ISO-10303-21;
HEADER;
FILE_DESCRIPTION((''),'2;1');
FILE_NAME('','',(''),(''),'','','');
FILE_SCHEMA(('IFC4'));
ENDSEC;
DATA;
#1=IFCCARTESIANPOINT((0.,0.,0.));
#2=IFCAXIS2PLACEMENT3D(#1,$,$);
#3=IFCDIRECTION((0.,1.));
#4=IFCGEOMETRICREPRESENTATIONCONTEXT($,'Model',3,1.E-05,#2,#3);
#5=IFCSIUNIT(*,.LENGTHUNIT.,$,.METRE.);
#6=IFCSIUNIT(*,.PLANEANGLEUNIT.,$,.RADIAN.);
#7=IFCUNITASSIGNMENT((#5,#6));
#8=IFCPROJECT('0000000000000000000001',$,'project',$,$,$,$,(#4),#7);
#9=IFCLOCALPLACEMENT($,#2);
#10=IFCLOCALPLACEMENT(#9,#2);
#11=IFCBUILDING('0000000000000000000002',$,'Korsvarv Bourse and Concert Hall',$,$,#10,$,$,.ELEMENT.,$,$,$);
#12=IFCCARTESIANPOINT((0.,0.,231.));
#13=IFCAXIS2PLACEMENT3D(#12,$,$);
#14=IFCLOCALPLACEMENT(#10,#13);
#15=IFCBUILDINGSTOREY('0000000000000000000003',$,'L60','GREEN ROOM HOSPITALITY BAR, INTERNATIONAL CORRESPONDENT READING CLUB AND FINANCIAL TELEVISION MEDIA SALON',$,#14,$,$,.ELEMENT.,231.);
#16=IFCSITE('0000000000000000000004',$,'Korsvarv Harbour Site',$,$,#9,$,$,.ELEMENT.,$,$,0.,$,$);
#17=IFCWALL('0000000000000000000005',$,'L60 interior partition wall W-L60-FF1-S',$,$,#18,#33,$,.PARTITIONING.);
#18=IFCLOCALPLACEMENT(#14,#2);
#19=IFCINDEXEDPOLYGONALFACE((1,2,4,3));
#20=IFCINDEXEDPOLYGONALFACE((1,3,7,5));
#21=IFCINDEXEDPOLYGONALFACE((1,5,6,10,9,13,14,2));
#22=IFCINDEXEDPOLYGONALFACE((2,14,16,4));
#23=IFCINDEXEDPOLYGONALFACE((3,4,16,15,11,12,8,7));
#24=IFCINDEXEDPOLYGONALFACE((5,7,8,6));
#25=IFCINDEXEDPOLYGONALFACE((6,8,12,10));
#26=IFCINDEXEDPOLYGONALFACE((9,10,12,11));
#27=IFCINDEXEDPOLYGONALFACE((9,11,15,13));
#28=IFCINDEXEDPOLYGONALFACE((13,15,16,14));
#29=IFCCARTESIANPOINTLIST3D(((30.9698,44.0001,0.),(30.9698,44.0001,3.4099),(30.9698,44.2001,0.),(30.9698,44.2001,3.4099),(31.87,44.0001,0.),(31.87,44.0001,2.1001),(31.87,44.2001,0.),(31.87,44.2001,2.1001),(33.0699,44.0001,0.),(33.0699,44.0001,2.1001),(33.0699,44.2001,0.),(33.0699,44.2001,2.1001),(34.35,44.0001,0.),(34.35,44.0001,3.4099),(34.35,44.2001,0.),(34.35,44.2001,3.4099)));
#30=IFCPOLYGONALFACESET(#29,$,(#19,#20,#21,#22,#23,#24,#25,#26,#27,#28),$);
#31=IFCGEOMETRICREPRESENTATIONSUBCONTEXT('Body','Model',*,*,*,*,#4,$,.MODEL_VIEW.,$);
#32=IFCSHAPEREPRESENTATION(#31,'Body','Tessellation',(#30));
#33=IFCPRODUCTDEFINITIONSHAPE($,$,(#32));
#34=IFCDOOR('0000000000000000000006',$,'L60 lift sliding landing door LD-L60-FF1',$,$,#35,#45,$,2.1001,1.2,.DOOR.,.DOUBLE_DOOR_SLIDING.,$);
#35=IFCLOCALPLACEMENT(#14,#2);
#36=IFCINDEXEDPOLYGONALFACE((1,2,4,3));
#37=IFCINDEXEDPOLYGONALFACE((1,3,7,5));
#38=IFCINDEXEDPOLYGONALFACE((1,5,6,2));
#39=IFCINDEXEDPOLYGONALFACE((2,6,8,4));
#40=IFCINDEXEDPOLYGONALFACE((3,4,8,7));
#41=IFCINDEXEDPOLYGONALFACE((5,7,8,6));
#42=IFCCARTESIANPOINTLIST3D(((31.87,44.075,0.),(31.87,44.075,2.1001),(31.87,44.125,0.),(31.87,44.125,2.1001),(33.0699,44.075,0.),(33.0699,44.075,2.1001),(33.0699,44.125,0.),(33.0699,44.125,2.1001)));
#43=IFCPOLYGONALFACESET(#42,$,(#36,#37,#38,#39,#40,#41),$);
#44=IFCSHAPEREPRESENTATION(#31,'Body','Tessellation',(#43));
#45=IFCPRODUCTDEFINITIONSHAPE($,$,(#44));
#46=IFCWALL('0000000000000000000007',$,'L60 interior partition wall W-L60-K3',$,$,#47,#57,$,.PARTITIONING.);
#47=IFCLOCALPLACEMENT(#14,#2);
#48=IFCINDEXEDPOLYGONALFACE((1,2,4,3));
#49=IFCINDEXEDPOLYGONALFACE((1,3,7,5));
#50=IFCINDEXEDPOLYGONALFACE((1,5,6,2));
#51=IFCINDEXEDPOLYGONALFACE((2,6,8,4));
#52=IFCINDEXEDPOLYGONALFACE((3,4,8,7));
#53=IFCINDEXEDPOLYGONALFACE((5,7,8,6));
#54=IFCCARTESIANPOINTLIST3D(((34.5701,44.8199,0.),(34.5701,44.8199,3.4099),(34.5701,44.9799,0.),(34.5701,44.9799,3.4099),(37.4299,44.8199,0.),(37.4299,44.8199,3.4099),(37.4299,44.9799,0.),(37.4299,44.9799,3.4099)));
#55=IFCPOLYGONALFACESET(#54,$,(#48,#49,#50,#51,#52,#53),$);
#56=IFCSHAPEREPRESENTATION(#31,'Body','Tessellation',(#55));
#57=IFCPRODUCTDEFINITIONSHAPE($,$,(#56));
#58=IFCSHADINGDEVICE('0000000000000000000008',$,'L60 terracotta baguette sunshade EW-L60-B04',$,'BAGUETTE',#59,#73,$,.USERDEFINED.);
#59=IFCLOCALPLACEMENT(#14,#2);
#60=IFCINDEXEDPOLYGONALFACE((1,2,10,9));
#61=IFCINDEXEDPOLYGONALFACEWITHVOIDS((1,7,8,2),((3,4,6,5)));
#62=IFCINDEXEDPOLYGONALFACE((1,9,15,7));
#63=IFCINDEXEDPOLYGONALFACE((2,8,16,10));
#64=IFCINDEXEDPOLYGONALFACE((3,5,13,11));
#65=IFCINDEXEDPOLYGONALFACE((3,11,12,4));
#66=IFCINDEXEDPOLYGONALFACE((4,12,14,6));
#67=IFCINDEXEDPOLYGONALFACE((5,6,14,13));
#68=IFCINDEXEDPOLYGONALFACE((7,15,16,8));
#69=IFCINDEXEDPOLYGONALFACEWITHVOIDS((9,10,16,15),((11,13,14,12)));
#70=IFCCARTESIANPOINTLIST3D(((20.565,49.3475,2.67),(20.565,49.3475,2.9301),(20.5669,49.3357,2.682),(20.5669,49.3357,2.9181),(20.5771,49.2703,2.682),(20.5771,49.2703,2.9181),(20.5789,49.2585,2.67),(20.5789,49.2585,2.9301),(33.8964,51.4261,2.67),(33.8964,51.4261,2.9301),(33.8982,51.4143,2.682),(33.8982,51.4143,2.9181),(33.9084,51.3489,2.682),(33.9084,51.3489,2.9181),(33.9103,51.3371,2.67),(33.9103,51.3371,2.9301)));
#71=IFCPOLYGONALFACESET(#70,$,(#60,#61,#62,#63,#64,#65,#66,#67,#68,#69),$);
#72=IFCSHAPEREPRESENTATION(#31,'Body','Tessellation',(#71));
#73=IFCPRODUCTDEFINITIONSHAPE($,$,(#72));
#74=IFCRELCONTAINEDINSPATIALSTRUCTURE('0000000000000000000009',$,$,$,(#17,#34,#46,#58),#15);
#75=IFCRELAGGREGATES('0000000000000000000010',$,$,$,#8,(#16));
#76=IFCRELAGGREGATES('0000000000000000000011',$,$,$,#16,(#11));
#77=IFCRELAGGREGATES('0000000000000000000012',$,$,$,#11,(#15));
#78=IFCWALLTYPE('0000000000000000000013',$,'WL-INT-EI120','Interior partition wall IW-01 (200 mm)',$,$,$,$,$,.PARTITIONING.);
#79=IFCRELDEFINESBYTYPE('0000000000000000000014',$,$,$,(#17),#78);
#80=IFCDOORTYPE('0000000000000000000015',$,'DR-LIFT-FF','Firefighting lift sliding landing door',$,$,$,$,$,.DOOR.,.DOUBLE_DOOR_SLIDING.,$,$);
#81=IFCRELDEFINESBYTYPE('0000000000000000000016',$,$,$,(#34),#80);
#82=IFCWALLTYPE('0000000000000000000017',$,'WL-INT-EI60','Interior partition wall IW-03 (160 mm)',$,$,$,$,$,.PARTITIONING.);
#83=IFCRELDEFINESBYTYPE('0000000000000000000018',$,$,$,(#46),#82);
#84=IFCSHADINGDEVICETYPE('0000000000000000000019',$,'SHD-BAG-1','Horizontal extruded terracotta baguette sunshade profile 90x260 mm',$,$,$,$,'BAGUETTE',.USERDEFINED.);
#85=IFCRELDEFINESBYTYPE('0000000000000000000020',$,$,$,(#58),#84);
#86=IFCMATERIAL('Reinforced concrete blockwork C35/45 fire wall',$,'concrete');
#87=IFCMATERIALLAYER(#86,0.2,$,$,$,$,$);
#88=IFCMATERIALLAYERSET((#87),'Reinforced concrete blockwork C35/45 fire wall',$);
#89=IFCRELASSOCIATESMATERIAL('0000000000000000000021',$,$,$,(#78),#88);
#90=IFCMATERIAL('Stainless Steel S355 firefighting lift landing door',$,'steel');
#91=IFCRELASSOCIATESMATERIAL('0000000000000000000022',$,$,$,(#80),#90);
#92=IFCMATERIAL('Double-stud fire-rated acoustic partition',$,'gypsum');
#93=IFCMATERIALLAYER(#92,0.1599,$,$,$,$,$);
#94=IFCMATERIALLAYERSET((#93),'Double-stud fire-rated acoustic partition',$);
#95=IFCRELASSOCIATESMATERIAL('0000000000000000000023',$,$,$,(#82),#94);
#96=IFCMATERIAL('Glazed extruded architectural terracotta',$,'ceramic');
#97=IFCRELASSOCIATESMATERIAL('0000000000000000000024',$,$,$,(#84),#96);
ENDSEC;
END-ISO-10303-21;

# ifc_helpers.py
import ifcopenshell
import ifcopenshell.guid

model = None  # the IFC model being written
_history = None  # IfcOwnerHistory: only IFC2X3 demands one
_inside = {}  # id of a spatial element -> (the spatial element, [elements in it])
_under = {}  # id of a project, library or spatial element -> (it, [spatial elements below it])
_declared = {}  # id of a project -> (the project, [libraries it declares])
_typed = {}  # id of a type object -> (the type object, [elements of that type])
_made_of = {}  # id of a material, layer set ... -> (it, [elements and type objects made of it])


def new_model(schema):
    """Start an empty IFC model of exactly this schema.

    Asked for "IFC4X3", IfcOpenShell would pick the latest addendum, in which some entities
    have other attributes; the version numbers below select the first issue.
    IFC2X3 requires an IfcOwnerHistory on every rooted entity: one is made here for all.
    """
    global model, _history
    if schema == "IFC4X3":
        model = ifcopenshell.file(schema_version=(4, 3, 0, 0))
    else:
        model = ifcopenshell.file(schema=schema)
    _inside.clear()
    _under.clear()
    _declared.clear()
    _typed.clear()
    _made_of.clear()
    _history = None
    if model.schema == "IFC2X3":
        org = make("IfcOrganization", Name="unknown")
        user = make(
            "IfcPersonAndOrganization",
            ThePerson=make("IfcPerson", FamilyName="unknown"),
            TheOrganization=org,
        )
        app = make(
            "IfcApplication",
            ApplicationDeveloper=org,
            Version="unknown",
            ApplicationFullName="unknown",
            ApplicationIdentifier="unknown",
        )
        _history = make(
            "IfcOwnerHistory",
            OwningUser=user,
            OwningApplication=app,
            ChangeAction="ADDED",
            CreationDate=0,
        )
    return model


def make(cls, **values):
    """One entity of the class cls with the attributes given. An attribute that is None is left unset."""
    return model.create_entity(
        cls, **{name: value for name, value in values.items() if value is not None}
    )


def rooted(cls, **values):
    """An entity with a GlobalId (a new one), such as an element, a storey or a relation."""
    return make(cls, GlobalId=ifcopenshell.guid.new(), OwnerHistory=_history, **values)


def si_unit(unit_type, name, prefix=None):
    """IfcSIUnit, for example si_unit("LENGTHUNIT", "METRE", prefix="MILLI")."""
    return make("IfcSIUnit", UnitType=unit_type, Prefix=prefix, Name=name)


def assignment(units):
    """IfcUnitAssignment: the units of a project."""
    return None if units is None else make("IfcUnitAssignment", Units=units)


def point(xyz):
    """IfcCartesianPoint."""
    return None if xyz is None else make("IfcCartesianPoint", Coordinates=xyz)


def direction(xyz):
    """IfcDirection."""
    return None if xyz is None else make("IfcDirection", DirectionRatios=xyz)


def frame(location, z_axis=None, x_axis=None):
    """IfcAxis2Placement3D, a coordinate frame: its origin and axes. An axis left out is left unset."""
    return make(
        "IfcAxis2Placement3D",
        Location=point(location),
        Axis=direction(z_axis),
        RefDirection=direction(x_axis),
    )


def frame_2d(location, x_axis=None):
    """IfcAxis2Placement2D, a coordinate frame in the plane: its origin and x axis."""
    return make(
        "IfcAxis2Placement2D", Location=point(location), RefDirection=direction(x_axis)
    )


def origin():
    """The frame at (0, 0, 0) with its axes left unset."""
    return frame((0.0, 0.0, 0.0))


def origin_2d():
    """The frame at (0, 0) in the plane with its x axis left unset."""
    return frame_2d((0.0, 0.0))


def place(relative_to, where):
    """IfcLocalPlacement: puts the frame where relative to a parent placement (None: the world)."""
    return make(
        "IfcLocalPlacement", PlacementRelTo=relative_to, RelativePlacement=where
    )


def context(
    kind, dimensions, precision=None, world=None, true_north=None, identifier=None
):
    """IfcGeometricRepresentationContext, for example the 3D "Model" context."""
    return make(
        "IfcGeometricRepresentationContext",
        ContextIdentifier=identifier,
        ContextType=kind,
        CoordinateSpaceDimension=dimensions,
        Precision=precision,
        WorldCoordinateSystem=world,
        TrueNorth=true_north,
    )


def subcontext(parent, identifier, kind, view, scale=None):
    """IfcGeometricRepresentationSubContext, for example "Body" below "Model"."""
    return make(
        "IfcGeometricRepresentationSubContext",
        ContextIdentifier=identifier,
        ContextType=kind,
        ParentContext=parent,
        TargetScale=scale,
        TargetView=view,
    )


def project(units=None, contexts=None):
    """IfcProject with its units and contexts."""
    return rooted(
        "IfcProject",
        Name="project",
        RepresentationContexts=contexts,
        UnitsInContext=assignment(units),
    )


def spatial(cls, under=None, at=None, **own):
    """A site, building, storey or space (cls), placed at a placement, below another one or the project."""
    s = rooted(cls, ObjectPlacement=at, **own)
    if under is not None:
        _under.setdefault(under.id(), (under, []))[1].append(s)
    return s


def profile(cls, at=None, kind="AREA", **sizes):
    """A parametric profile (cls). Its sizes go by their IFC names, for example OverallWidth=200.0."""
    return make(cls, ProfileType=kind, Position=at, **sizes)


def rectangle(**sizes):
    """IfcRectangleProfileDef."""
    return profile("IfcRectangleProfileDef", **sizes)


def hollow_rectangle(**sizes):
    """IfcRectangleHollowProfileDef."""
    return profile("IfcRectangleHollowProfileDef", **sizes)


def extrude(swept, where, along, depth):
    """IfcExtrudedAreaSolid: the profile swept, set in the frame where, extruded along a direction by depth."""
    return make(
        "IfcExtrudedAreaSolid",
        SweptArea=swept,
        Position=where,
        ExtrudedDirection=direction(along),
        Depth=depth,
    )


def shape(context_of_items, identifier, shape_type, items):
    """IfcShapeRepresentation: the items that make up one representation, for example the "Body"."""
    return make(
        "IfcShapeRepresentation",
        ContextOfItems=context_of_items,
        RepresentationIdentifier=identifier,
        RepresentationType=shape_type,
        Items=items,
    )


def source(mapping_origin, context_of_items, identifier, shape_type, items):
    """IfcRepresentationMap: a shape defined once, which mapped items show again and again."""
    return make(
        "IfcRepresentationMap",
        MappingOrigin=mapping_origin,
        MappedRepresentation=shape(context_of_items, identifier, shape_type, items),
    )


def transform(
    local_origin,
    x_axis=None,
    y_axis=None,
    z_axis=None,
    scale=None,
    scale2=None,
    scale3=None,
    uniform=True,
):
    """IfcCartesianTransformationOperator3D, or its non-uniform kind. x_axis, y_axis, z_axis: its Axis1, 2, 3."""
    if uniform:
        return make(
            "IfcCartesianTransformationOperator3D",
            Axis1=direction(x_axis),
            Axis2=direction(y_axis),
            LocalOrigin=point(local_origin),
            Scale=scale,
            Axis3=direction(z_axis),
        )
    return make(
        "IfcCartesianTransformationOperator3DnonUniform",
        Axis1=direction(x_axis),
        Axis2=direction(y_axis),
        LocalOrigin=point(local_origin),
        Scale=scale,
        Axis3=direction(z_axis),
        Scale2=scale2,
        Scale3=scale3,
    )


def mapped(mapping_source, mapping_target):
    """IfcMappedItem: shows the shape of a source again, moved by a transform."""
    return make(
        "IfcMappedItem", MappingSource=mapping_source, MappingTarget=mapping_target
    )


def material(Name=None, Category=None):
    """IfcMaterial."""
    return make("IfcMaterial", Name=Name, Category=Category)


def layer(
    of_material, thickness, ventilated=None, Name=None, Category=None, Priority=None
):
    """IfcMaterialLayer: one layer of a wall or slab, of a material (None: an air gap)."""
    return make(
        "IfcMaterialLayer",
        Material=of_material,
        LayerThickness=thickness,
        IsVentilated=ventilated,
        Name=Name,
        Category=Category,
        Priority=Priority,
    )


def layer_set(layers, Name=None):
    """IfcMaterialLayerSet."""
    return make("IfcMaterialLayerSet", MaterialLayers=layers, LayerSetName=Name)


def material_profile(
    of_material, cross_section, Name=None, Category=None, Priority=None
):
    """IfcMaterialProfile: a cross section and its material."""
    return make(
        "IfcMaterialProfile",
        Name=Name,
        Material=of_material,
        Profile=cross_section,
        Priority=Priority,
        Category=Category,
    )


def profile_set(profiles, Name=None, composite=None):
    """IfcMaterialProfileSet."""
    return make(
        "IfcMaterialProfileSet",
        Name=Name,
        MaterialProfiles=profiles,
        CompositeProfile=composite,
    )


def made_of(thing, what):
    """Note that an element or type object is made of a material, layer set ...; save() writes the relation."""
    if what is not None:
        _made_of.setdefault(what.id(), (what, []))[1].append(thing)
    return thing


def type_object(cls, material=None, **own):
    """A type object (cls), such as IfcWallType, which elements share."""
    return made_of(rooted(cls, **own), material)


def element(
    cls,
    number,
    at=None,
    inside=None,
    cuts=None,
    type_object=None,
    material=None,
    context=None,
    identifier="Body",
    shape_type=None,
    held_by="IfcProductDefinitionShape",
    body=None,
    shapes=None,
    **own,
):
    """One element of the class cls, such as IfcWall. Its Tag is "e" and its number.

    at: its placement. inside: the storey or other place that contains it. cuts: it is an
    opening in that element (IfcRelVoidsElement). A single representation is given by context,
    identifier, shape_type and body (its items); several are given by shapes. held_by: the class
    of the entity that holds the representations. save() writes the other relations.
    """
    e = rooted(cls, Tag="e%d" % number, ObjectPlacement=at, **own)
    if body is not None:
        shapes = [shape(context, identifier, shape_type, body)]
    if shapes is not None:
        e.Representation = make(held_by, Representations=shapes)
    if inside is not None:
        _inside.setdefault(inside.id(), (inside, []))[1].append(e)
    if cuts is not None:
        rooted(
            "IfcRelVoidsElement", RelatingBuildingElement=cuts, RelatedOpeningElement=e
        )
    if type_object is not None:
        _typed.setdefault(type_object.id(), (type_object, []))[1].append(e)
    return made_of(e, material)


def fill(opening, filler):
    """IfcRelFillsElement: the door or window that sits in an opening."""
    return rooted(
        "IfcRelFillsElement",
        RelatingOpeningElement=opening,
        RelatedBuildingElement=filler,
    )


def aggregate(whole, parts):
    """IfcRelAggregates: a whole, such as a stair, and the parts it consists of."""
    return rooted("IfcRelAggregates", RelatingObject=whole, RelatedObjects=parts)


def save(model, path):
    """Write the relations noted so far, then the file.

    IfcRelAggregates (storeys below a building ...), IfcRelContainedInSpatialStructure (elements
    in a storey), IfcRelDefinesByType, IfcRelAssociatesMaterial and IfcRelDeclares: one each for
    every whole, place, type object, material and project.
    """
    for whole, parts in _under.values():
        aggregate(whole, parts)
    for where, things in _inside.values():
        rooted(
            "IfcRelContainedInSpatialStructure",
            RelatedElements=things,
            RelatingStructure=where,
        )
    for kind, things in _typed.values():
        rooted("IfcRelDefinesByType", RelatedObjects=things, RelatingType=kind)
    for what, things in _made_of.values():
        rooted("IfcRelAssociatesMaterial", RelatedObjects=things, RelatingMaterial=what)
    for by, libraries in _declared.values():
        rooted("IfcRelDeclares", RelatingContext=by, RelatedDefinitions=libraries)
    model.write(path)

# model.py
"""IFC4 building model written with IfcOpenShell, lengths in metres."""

from ifc_helpers import new_model, si_unit, direction, frame, frame_2d, origin, origin_2d, place, context, subcontext, project, spatial, rectangle, hollow_rectangle, extrude, source, transform, mapped, material, layer, layer_set, material_profile, profile_set, type_object, element, fill, save


model = new_model("IFC4")

# Units and contexts
model_context = context("Model", 3, precision=1e-05, world=origin(), true_north=direction((0.0, 1.0)))
body_context = subcontext(model_context, "Body", "Model", "MODEL_VIEW")
ifc_project = project(units=[si_unit("LENGTHUNIT", "METRE"), si_unit("PLANEANGLEUNIT", "RADIAN")], contexts=[model_context])

# Site, building, storey
site_placement = place(None, origin())
site = spatial("IfcSite", under=ifc_project, at=site_placement, Name="Korsvarv Harbour Site", CompositionType="ELEMENT", RefElevation=0.0)
building_placement = place(site_placement, origin())
building = spatial("IfcBuilding", under=site, at=building_placement, Name="Korsvarv Bourse and Concert Hall", CompositionType="ELEMENT")
storey_placement = place(building_placement, frame((0.0, 0.0, 231.0)))
storey = spatial("IfcBuildingStorey", under=building, at=storey_placement, Name="L60", Description="GREEN ROOM HOSPITALITY BAR, INTERNATIONAL CORRESPONDENT READING CLUB AND FINANCIAL TELEVISION MEDIA SALON", CompositionType="ELEMENT", Elevation=231.0)

# Wall, opening, door
ifc_material_1 = material(Name="Reinforced concrete blockwork C35/45 fire wall", Category="concrete")
ifc_layer_1 = layer(ifc_material_1, 0.2)
ifc_layer_set_1 = layer_set([ifc_layer_1], Name="Reinforced concrete blockwork C35/45 fire wall")
wall_type_1 = type_object("IfcWallType", Name="WL-INT-EI120", Description="Interior partition wall IW-01 (200 mm)", PredefinedType="PARTITIONING", material=ifc_layer_set_1)
wall_1_placement = place(storey_placement, frame((30.97, 44.1001, 0.0), z_axis=(0.0, 0.0, 1.0), x_axis=(1.0, 0.0, 0.0)))
wall_1 = element("IfcWall", 1, at=wall_1_placement, inside=storey, type_object=wall_type_1, Name="L60 interior partition wall W-L60-FF1-S", PredefinedType="PARTITIONING", context=body_context, shape_type="SweptSolid", body=[
    extrude(rectangle(XDim=3.3801, YDim=0.2, at=frame_2d((1.6899, 0.0))), origin(), (0.0, 0.0, 1.0), 3.4099),
])
opening_1_placement = place(wall_1_placement, frame((0.8999, 0.0, 0.0)))
opening_1 = element("IfcOpeningElement", 2, at=opening_1_placement, cuts=wall_1, PredefinedType="OPENING", context=body_context, shape_type="SweptSolid", body=[
    extrude(rectangle(XDim=1.2, YDim=2.1001, at=frame_2d((0.6001, 1.05))), frame((0.0, 0.1099, 0.0), z_axis=(0.0, -1.0, 0.0), x_axis=(1.0, 0.0, 0.0)), (0.0, 0.0, 1.0), 0.22),
])
ifc_material_2 = material(Name="Stainless Steel S355 firefighting lift landing door", Category="steel")
door_type = type_object("IfcDoorType", Name="DR-LIFT-FF", Description="Firefighting lift sliding landing door", OperationType="DOUBLE_DOOR_SLIDING", PredefinedType="DOOR", material=ifc_material_2)
door_placement = place(opening_1_placement, origin())
door = element("IfcDoor", 3, at=door_placement, inside=storey, type_object=door_type, Name="L60 lift sliding landing door LD-L60-FF1", OperationType="DOUBLE_DOOR_SLIDING", OverallHeight=2.1001, OverallWidth=1.2, PredefinedType="DOOR", context=body_context, shape_type="SweptSolid", body=[
    extrude(rectangle(XDim=1.2, YDim=2.1001, at=frame_2d((0.6001, 1.05))), frame((0.0, 0.0249, 0.0), z_axis=(0.0, -1.0, 0.0), x_axis=(1.0, 0.0, 0.0)), (0.0, 0.0, 1.0), 0.05),
])
fill(opening_1, door)

# Wall
ifc_material_3 = material(Name="Double-stud fire-rated acoustic partition", Category="gypsum")
ifc_layer_2 = layer(ifc_material_3, 0.1599)
ifc_layer_set_2 = layer_set([ifc_layer_2], Name="Double-stud fire-rated acoustic partition")
wall_type_2 = type_object("IfcWallType", Name="WL-INT-EI60", Description="Interior partition wall IW-03 (160 mm)", PredefinedType="PARTITIONING", material=ifc_layer_set_2)
wall_2_placement = place(storey_placement, frame((34.5701, 44.8999, 0.0), z_axis=(0.0, 0.0, 1.0), x_axis=(1.0, 0.0, 0.0)))
element("IfcWall", 4, at=wall_2_placement, inside=storey, type_object=wall_type_2, Name="L60 interior partition wall W-L60-K3", PredefinedType="PARTITIONING", context=body_context, shape_type="SweptSolid", body=[
    extrude(rectangle(XDim=2.8599, YDim=0.1599, at=frame_2d((1.4299, 0.0))), origin(), (0.0, 0.0, 1.0), 3.4099),
])

# Shading device
ifc_material_4 = material(Name="Glazed extruded architectural terracotta", Category="ceramic")
ifc_material_profile_1 = material_profile(ifc_material_4, hollow_rectangle(XDim=0.0901, YDim=0.26, WallThickness=0.012, at=origin_2d()), Name="TC-BAG 90x260")
ifc_profile_set_1 = profile_set([ifc_material_profile_1], Name="Glazed extruded architectural terracotta")
shading_device_type = type_object("IfcShadingDeviceType", Name="SHD-BAG-1", Description="Horizontal extruded terracotta baguette sunshade profile 90x260 mm", ElementType="BAGUETTE", PredefinedType="USERDEFINED", material=ifc_profile_set_1)
shared_shape_1 = source(origin(), body_context, "Body", "SweptSolid", [
    extrude(hollow_rectangle(XDim=0.0901, YDim=0.26, WallThickness=0.012, at=origin_2d()), origin(), (0.0, 0.0, 1.0), 13.4924),
])
shading_device_placement = place(storey_placement, frame((33.9033, 51.3816, 2.8), z_axis=(-0.988062, -0.154058, 0.0), x_axis=(0.154058, -0.988062, 0.0)))
element("IfcShadingDevice", 5, at=shading_device_placement, inside=storey, type_object=shading_device_type, Name="L60 terracotta baguette sunshade EW-L60-B04", ObjectType="BAGUETTE", PredefinedType="USERDEFINED", context=body_context, shape_type="MappedRepresentation", body=[
    mapped(shared_shape_1, transform((0.0, 0.0, 0.0), scale=1.0)),
])

save(model, "model.ifc")
